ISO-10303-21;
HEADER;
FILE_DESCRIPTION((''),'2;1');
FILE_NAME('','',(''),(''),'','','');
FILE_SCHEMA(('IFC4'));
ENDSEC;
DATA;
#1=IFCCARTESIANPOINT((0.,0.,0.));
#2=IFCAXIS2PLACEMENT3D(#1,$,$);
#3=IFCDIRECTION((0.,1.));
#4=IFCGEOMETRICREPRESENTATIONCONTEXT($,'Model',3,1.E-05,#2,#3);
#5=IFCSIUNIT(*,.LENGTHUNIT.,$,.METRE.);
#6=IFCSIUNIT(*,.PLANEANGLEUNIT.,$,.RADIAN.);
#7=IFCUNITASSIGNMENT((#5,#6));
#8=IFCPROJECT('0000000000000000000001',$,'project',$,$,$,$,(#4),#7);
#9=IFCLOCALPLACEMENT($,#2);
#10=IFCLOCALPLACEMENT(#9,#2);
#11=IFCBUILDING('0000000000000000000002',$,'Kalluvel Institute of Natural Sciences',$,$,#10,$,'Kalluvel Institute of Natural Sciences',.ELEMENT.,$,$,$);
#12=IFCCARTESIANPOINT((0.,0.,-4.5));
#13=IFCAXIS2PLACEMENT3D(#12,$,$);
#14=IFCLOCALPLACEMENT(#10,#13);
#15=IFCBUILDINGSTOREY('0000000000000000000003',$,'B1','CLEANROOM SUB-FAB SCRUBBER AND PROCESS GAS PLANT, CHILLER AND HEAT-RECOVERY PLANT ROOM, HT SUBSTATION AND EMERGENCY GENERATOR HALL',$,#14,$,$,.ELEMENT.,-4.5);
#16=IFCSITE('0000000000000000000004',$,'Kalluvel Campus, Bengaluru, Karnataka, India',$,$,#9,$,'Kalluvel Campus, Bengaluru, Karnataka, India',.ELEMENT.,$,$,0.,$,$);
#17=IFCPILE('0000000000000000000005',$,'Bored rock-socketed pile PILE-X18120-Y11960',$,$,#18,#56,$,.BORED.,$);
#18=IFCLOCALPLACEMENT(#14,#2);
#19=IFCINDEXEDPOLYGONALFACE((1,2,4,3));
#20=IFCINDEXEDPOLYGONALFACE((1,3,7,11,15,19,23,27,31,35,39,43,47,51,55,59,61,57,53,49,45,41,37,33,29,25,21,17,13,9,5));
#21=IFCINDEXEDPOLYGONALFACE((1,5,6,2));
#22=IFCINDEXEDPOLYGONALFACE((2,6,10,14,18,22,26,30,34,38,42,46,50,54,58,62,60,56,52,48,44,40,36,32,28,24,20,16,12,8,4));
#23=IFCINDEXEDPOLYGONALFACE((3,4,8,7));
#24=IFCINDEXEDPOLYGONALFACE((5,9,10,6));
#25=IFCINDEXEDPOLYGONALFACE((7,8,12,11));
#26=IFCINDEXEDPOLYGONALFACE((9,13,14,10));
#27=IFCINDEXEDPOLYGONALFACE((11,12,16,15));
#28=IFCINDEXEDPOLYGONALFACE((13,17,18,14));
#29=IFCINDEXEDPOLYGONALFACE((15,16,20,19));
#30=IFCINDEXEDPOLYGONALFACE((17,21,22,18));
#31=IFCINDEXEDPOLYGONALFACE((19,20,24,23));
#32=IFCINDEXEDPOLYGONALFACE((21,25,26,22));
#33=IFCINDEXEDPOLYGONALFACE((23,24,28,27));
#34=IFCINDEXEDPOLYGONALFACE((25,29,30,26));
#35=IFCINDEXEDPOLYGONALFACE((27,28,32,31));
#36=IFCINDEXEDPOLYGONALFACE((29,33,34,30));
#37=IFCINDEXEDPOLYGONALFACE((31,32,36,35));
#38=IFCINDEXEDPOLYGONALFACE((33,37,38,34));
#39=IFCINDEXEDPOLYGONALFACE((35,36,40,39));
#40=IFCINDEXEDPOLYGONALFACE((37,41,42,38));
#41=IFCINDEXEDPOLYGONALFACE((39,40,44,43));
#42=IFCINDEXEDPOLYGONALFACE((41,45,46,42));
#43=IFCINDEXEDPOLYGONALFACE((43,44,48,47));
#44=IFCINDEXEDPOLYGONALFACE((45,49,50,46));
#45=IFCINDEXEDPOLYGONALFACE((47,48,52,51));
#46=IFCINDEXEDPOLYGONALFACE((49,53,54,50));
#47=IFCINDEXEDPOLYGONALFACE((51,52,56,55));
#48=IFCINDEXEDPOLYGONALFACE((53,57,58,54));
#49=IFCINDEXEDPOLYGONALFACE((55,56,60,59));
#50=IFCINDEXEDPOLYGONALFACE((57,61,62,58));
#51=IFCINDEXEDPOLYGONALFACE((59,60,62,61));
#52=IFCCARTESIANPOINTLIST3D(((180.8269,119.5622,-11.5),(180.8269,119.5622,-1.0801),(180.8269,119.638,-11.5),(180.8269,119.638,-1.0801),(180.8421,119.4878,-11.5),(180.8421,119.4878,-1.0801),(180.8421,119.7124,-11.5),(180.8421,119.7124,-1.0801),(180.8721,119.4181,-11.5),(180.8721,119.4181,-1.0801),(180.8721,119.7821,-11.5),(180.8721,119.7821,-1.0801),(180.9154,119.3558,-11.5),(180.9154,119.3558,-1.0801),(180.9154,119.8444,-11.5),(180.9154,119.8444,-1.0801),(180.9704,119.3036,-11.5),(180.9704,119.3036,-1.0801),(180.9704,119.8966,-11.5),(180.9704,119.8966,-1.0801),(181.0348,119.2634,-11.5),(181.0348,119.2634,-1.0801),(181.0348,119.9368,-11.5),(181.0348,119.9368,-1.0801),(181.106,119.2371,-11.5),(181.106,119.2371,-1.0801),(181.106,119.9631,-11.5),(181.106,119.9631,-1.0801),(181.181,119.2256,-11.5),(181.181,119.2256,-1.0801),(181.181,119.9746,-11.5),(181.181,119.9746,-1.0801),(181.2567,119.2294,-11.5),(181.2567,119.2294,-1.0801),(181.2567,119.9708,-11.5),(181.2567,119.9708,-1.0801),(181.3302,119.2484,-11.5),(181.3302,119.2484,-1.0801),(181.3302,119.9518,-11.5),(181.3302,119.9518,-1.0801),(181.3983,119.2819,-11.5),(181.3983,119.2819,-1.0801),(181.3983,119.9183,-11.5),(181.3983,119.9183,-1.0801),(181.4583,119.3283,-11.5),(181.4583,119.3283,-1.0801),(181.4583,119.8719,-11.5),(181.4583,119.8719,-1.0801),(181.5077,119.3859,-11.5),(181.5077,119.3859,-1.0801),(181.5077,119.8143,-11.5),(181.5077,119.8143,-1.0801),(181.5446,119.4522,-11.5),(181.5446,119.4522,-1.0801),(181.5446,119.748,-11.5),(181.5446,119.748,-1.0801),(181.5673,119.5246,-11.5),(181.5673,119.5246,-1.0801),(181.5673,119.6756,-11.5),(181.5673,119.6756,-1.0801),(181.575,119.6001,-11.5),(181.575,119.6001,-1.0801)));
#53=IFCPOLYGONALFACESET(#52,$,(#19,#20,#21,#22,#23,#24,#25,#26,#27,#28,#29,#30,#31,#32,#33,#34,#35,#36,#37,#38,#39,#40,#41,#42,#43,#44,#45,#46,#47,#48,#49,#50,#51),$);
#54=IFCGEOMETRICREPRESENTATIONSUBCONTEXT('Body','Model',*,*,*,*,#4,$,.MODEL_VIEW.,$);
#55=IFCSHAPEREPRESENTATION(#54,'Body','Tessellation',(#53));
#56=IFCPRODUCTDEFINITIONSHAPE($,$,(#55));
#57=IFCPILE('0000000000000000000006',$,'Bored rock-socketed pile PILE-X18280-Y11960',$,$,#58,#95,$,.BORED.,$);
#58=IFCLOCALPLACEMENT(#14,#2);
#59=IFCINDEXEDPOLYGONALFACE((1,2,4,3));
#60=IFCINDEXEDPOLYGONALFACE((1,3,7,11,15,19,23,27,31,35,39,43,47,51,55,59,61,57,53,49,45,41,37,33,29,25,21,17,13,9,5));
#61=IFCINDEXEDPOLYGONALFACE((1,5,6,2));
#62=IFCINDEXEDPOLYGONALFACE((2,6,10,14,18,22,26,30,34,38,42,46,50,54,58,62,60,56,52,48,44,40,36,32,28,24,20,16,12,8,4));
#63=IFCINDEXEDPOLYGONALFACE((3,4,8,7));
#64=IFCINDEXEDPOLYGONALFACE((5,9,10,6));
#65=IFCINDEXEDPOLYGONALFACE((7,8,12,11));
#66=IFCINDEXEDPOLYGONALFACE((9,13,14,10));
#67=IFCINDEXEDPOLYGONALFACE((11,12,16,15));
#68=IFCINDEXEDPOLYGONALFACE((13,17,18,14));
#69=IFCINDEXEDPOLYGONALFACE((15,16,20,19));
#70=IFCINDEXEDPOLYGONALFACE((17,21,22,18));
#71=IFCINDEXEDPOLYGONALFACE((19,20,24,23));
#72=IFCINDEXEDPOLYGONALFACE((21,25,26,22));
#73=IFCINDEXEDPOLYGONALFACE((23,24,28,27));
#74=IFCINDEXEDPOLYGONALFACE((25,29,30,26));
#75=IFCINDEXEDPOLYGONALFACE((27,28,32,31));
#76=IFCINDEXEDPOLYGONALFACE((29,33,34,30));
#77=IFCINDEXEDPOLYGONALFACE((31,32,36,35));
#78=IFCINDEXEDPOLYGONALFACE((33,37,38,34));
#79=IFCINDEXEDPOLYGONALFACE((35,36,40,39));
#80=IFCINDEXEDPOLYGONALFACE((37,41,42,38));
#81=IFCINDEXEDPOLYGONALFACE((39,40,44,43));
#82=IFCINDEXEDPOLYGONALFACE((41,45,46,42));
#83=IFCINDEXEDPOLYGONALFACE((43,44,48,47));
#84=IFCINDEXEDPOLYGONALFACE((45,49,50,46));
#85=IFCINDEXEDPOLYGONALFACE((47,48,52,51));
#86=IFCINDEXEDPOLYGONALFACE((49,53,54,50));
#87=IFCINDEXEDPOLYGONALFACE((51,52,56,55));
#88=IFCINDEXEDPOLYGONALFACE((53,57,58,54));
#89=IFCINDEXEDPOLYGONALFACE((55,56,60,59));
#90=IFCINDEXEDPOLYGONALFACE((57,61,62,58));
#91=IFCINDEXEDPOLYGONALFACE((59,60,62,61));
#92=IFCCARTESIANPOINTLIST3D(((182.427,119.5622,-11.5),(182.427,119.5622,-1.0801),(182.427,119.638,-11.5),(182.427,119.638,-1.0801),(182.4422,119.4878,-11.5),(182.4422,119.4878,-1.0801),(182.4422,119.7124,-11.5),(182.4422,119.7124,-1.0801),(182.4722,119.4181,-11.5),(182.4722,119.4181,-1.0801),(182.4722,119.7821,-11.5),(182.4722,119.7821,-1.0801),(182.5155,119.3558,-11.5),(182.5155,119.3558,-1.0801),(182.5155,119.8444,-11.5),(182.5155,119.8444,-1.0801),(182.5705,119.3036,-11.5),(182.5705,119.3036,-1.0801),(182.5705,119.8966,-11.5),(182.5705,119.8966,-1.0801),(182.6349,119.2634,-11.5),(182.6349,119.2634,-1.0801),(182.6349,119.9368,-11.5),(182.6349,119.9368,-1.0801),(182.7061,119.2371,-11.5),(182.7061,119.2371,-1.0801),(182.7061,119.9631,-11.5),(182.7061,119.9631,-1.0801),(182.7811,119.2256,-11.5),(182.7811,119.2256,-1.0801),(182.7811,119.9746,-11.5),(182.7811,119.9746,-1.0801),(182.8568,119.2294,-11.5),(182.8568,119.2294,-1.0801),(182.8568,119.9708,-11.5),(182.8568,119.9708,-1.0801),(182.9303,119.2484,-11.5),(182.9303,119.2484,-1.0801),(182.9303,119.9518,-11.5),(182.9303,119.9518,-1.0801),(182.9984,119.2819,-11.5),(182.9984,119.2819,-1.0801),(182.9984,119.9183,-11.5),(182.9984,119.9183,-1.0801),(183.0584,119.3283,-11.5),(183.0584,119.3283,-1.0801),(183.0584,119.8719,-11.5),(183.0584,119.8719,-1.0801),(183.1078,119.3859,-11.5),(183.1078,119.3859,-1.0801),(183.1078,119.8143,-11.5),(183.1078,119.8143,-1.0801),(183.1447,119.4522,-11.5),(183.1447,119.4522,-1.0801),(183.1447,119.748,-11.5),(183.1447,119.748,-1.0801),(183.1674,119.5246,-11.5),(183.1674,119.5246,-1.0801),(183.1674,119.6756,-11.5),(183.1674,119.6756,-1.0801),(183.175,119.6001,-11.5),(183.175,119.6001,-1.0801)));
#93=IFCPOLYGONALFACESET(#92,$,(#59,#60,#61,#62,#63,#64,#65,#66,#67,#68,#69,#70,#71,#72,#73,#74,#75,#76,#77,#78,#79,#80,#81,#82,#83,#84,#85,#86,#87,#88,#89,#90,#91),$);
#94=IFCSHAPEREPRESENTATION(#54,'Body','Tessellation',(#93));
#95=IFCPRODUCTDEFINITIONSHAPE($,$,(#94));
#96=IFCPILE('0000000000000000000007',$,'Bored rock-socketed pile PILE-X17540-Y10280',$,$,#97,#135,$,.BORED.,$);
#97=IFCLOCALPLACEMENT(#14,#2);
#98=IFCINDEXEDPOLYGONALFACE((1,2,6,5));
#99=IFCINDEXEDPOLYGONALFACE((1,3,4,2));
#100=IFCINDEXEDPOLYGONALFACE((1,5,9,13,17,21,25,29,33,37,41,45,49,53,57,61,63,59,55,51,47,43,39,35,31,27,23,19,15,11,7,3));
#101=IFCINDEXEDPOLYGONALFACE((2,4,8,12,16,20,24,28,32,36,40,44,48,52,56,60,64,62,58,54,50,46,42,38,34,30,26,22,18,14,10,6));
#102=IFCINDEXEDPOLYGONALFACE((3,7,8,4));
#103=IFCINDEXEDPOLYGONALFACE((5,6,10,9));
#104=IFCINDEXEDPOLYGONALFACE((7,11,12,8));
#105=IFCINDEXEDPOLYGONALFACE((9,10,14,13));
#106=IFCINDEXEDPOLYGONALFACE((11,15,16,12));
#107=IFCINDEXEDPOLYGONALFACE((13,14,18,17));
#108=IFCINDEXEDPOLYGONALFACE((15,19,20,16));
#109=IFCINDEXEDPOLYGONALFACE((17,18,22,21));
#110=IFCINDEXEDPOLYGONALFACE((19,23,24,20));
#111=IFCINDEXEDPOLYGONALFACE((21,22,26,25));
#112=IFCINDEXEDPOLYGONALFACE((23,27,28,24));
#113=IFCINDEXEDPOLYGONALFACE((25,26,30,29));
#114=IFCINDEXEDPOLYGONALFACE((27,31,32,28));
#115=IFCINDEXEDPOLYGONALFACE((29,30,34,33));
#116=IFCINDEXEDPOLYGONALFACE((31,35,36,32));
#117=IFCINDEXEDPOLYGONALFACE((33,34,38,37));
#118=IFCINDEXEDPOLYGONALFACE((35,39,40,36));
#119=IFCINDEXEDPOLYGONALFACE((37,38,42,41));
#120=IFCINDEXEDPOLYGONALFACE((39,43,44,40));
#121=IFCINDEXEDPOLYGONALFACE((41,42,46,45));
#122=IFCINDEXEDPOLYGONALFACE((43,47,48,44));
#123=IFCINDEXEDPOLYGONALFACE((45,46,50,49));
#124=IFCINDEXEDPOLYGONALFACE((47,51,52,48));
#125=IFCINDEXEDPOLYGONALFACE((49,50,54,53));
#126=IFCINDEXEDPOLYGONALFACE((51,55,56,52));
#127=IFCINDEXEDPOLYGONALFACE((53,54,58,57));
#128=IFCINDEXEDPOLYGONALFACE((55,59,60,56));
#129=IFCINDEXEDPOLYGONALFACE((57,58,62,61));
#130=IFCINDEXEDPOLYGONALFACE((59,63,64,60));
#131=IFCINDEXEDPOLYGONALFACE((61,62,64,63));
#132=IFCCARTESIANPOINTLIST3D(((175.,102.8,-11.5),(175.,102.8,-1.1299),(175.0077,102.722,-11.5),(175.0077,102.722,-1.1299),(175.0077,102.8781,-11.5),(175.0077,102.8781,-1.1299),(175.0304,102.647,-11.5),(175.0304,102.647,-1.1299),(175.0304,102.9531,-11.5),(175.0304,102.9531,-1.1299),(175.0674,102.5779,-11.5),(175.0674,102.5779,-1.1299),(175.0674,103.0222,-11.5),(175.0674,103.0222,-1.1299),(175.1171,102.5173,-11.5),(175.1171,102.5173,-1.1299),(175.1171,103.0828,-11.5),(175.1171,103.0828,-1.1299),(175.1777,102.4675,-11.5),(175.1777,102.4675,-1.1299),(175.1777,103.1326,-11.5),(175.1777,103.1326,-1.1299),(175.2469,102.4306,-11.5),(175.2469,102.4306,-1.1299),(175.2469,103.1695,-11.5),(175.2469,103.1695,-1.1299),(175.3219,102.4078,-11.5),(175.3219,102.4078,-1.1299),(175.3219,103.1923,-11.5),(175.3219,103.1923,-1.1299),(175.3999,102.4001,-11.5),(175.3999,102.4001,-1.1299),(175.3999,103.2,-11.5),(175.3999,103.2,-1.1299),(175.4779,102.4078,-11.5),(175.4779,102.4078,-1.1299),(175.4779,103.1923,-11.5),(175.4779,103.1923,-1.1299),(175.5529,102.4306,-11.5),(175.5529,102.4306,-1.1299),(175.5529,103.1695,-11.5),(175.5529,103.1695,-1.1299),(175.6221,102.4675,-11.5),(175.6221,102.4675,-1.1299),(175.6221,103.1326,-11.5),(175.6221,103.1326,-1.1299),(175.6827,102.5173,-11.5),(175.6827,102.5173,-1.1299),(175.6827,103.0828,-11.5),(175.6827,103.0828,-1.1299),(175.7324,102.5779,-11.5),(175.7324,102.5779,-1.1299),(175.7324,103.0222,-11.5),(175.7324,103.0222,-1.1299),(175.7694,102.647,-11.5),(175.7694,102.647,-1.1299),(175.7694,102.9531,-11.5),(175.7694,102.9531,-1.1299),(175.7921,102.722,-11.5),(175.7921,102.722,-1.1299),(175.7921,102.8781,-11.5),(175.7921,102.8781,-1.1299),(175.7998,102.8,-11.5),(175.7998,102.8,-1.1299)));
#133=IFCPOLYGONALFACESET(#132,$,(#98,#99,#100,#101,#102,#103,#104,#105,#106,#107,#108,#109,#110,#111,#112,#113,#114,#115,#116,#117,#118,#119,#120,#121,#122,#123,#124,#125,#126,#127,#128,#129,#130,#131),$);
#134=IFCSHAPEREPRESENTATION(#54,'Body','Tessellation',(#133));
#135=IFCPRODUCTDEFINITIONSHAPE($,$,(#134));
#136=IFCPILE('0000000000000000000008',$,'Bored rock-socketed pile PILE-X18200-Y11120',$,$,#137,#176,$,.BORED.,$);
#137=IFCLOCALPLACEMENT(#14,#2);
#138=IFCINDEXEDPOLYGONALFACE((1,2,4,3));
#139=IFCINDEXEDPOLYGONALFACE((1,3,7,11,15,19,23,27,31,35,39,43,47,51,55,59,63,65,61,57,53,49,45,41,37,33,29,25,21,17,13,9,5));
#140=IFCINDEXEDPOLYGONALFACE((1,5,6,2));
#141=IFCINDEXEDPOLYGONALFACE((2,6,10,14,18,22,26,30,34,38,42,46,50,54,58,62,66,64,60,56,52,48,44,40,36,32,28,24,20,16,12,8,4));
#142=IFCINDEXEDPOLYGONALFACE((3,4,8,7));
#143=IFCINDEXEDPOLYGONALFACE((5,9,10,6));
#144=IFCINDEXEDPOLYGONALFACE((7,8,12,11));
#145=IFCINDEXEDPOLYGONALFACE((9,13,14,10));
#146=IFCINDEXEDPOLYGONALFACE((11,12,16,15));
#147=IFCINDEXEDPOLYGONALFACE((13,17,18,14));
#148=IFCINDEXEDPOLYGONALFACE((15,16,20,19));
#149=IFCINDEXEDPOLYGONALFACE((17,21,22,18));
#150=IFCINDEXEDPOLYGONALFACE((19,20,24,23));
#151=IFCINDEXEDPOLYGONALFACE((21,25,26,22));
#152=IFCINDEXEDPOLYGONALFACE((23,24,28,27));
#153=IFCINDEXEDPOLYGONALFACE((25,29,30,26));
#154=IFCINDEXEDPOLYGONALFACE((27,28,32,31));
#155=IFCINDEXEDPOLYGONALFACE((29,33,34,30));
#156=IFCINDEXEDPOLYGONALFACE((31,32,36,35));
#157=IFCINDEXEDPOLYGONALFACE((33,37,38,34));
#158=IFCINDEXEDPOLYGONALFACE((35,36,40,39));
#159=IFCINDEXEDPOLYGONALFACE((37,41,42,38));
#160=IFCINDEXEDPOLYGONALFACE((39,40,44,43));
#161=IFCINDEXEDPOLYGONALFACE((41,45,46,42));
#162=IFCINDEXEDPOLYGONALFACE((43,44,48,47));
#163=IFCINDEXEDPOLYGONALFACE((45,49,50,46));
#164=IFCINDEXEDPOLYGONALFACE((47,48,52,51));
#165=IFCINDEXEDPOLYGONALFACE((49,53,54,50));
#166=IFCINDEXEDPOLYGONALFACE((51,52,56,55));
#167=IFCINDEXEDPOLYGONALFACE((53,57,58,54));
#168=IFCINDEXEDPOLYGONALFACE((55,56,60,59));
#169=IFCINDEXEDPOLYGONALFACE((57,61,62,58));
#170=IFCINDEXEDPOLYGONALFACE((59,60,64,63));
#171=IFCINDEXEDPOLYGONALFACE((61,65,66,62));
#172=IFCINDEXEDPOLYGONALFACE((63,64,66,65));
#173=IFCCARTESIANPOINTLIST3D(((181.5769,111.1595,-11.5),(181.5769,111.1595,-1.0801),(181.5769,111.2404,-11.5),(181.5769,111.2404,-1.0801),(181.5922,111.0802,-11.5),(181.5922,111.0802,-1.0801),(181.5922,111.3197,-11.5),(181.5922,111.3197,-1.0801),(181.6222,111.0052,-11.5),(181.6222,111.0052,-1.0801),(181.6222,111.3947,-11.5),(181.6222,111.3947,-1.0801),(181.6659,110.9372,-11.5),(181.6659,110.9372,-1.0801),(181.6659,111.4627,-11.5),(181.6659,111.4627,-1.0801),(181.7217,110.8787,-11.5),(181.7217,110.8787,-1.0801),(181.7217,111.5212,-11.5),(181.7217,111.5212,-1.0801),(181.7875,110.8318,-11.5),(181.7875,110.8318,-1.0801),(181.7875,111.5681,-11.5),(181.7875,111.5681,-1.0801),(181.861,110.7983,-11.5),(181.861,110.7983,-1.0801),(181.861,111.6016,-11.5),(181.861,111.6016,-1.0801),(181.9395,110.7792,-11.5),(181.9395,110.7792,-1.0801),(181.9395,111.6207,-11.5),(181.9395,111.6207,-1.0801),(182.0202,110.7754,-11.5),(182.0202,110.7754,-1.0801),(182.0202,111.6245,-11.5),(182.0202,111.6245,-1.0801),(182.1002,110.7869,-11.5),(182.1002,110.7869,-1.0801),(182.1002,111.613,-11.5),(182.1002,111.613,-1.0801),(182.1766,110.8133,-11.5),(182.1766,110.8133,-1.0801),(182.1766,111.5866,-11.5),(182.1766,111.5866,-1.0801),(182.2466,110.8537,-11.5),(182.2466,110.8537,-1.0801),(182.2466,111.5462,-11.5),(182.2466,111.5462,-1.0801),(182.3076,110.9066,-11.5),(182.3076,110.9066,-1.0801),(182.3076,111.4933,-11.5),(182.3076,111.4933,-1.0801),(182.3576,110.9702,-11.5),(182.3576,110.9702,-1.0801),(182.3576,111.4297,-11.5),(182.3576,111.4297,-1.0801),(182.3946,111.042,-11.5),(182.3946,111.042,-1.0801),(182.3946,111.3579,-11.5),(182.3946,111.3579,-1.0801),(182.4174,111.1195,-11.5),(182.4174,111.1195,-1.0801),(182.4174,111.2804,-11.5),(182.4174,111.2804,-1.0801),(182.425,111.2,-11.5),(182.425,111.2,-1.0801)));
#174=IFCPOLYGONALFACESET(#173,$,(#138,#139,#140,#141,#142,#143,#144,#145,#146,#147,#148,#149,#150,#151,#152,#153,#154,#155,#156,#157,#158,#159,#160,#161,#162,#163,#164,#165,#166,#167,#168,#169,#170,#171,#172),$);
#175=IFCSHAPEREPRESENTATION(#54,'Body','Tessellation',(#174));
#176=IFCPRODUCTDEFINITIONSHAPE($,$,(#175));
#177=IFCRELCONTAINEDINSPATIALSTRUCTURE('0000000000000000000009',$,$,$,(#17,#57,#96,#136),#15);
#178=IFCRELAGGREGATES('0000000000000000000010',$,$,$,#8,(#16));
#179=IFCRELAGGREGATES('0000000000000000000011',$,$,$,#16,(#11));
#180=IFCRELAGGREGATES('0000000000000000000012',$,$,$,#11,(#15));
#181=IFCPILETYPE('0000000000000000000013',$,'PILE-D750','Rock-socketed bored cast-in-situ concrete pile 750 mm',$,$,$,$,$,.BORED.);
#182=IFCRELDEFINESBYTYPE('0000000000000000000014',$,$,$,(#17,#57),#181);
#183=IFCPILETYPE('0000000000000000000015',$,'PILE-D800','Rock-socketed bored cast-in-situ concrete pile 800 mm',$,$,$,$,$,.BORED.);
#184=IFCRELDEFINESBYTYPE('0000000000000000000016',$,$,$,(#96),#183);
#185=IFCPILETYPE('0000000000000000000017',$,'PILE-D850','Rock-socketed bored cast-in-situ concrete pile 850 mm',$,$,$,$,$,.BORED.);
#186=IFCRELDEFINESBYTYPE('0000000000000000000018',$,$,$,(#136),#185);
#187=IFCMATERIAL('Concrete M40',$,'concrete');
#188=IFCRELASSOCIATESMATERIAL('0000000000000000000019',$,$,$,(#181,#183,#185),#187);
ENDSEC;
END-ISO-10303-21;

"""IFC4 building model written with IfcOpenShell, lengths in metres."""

from ifc_helpers import new_model, si_unit, direction, frame, origin, origin_2d, place, context, subcontext, project, spatial, circle, extrude, material, material_profile, profile_set, type_object, element, save


model = new_model("IFC4")

# Units and contexts
model_context = context("Model", 3, precision=1e-05, world=origin(), true_north=direction((0.0, 1.0)))
body_context = subcontext(model_context, "Body", "Model", "MODEL_VIEW")
ifc_project = project(units=[si_unit("LENGTHUNIT", "METRE"), si_unit("PLANEANGLEUNIT", "RADIAN")], contexts=[model_context])

# Site, building, storey
site_placement = place(None, origin())
site = spatial("IfcSite", under=ifc_project, at=site_placement, Name="Kalluvel Campus, Bengaluru, Karnataka, India", LongName="Kalluvel Campus, Bengaluru, Karnataka, India", CompositionType="ELEMENT", RefElevation=0.0)
building_placement = place(site_placement, origin())
building = spatial("IfcBuilding", under=site, at=building_placement, Name="Kalluvel Institute of Natural Sciences", LongName="Kalluvel Institute of Natural Sciences", CompositionType="ELEMENT")
storey_placement = place(building_placement, frame((0.0, 0.0, -4.5)))
storey = spatial("IfcBuildingStorey", under=building, at=storey_placement, Name="B1", Description="CLEANROOM SUB-FAB SCRUBBER AND PROCESS GAS PLANT, CHILLER AND HEAT-RECOVERY PLANT ROOM, HT SUBSTATION AND EMERGENCY GENERATOR HALL", CompositionType="ELEMENT", Elevation=-4.5)

# Shared definitions
ifc_material = material(Name="Concrete M40", Category="concrete")

# Piles
ifc_material_profile_1 = material_profile(ifc_material, circle(Radius=0.375, at=origin_2d()), Name="PILE D750")
ifc_profile_set_1 = profile_set([ifc_material_profile_1], Name="Concrete M40")
pile_type_1 = type_object("IfcPileType", Name="PILE-D750", Description="Rock-socketed bored cast-in-situ concrete pile 750 mm", PredefinedType="BORED", material=ifc_profile_set_1)
for number, where, z_axis, x_axis, name in (
    (1, (181.2, 119.6001, -1.0801), (0.0, 0.0, -1.0), (1.0, 0.0, 0.0), "Bored rock-socketed pile PILE-X18120-Y11960"),
    (2, (182.8, 119.6001, -1.0801), (0.0, 0.0, -1.0), (1.0, 0.0, 0.0), "Bored rock-socketed pile PILE-X18280-Y11960"),
):
    element("IfcPile", number, at=place(storey_placement, frame(where, z_axis=z_axis, x_axis=x_axis)), inside=storey, type_object=pile_type_1, Name=name, PredefinedType="BORED", context=body_context, shape_type="SweptSolid", body=[
        extrude(circle(Radius=0.375, at=origin_2d()), origin(), (0.0, 0.0, 1.0), 10.4199),
    ])
ifc_material_profile_2 = material_profile(ifc_material, circle(Radius=0.3999, at=origin_2d()), Name="PILE D800")
ifc_profile_set_2 = profile_set([ifc_material_profile_2], Name="Concrete M40")
pile_type_2 = type_object("IfcPileType", Name="PILE-D800", Description="Rock-socketed bored cast-in-situ concrete pile 800 mm", PredefinedType="BORED", material=ifc_profile_set_2)
pile_1_placement = place(storey_placement, frame((175.3999, 102.8, -1.1299), z_axis=(0.0, 0.0, -1.0), x_axis=(1.0, 0.0, 0.0)))
element("IfcPile", 3, at=pile_1_placement, inside=storey, type_object=pile_type_2, Name="Bored rock-socketed pile PILE-X17540-Y10280", PredefinedType="BORED", context=body_context, shape_type="SweptSolid", body=[
    extrude(circle(Radius=0.3999, at=origin_2d()), origin(), (0.0, 0.0, 1.0), 10.3701),
])
ifc_material_profile_3 = material_profile(ifc_material, circle(Radius=0.425, at=origin_2d()), Name="PILE D850")
ifc_profile_set_3 = profile_set([ifc_material_profile_3], Name="Concrete M40")
pile_type_3 = type_object("IfcPileType", Name="PILE-D850", Description="Rock-socketed bored cast-in-situ concrete pile 850 mm", PredefinedType="BORED", material=ifc_profile_set_3)
pile_2_placement = place(storey_placement, frame((182.0, 111.2, -1.0801), z_axis=(0.0, 0.0, -1.0), x_axis=(1.0, 0.0, 0.0)))
element("IfcPile", 4, at=pile_2_placement, inside=storey, type_object=pile_type_3, Name="Bored rock-socketed pile PILE-X18200-Y11120", PredefinedType="BORED", context=body_context, shape_type="SweptSolid", body=[
    extrude(circle(Radius=0.425, at=origin_2d()), origin(), (0.0, 0.0, 1.0), 10.4199),
])

save(model, "model.ifc")
